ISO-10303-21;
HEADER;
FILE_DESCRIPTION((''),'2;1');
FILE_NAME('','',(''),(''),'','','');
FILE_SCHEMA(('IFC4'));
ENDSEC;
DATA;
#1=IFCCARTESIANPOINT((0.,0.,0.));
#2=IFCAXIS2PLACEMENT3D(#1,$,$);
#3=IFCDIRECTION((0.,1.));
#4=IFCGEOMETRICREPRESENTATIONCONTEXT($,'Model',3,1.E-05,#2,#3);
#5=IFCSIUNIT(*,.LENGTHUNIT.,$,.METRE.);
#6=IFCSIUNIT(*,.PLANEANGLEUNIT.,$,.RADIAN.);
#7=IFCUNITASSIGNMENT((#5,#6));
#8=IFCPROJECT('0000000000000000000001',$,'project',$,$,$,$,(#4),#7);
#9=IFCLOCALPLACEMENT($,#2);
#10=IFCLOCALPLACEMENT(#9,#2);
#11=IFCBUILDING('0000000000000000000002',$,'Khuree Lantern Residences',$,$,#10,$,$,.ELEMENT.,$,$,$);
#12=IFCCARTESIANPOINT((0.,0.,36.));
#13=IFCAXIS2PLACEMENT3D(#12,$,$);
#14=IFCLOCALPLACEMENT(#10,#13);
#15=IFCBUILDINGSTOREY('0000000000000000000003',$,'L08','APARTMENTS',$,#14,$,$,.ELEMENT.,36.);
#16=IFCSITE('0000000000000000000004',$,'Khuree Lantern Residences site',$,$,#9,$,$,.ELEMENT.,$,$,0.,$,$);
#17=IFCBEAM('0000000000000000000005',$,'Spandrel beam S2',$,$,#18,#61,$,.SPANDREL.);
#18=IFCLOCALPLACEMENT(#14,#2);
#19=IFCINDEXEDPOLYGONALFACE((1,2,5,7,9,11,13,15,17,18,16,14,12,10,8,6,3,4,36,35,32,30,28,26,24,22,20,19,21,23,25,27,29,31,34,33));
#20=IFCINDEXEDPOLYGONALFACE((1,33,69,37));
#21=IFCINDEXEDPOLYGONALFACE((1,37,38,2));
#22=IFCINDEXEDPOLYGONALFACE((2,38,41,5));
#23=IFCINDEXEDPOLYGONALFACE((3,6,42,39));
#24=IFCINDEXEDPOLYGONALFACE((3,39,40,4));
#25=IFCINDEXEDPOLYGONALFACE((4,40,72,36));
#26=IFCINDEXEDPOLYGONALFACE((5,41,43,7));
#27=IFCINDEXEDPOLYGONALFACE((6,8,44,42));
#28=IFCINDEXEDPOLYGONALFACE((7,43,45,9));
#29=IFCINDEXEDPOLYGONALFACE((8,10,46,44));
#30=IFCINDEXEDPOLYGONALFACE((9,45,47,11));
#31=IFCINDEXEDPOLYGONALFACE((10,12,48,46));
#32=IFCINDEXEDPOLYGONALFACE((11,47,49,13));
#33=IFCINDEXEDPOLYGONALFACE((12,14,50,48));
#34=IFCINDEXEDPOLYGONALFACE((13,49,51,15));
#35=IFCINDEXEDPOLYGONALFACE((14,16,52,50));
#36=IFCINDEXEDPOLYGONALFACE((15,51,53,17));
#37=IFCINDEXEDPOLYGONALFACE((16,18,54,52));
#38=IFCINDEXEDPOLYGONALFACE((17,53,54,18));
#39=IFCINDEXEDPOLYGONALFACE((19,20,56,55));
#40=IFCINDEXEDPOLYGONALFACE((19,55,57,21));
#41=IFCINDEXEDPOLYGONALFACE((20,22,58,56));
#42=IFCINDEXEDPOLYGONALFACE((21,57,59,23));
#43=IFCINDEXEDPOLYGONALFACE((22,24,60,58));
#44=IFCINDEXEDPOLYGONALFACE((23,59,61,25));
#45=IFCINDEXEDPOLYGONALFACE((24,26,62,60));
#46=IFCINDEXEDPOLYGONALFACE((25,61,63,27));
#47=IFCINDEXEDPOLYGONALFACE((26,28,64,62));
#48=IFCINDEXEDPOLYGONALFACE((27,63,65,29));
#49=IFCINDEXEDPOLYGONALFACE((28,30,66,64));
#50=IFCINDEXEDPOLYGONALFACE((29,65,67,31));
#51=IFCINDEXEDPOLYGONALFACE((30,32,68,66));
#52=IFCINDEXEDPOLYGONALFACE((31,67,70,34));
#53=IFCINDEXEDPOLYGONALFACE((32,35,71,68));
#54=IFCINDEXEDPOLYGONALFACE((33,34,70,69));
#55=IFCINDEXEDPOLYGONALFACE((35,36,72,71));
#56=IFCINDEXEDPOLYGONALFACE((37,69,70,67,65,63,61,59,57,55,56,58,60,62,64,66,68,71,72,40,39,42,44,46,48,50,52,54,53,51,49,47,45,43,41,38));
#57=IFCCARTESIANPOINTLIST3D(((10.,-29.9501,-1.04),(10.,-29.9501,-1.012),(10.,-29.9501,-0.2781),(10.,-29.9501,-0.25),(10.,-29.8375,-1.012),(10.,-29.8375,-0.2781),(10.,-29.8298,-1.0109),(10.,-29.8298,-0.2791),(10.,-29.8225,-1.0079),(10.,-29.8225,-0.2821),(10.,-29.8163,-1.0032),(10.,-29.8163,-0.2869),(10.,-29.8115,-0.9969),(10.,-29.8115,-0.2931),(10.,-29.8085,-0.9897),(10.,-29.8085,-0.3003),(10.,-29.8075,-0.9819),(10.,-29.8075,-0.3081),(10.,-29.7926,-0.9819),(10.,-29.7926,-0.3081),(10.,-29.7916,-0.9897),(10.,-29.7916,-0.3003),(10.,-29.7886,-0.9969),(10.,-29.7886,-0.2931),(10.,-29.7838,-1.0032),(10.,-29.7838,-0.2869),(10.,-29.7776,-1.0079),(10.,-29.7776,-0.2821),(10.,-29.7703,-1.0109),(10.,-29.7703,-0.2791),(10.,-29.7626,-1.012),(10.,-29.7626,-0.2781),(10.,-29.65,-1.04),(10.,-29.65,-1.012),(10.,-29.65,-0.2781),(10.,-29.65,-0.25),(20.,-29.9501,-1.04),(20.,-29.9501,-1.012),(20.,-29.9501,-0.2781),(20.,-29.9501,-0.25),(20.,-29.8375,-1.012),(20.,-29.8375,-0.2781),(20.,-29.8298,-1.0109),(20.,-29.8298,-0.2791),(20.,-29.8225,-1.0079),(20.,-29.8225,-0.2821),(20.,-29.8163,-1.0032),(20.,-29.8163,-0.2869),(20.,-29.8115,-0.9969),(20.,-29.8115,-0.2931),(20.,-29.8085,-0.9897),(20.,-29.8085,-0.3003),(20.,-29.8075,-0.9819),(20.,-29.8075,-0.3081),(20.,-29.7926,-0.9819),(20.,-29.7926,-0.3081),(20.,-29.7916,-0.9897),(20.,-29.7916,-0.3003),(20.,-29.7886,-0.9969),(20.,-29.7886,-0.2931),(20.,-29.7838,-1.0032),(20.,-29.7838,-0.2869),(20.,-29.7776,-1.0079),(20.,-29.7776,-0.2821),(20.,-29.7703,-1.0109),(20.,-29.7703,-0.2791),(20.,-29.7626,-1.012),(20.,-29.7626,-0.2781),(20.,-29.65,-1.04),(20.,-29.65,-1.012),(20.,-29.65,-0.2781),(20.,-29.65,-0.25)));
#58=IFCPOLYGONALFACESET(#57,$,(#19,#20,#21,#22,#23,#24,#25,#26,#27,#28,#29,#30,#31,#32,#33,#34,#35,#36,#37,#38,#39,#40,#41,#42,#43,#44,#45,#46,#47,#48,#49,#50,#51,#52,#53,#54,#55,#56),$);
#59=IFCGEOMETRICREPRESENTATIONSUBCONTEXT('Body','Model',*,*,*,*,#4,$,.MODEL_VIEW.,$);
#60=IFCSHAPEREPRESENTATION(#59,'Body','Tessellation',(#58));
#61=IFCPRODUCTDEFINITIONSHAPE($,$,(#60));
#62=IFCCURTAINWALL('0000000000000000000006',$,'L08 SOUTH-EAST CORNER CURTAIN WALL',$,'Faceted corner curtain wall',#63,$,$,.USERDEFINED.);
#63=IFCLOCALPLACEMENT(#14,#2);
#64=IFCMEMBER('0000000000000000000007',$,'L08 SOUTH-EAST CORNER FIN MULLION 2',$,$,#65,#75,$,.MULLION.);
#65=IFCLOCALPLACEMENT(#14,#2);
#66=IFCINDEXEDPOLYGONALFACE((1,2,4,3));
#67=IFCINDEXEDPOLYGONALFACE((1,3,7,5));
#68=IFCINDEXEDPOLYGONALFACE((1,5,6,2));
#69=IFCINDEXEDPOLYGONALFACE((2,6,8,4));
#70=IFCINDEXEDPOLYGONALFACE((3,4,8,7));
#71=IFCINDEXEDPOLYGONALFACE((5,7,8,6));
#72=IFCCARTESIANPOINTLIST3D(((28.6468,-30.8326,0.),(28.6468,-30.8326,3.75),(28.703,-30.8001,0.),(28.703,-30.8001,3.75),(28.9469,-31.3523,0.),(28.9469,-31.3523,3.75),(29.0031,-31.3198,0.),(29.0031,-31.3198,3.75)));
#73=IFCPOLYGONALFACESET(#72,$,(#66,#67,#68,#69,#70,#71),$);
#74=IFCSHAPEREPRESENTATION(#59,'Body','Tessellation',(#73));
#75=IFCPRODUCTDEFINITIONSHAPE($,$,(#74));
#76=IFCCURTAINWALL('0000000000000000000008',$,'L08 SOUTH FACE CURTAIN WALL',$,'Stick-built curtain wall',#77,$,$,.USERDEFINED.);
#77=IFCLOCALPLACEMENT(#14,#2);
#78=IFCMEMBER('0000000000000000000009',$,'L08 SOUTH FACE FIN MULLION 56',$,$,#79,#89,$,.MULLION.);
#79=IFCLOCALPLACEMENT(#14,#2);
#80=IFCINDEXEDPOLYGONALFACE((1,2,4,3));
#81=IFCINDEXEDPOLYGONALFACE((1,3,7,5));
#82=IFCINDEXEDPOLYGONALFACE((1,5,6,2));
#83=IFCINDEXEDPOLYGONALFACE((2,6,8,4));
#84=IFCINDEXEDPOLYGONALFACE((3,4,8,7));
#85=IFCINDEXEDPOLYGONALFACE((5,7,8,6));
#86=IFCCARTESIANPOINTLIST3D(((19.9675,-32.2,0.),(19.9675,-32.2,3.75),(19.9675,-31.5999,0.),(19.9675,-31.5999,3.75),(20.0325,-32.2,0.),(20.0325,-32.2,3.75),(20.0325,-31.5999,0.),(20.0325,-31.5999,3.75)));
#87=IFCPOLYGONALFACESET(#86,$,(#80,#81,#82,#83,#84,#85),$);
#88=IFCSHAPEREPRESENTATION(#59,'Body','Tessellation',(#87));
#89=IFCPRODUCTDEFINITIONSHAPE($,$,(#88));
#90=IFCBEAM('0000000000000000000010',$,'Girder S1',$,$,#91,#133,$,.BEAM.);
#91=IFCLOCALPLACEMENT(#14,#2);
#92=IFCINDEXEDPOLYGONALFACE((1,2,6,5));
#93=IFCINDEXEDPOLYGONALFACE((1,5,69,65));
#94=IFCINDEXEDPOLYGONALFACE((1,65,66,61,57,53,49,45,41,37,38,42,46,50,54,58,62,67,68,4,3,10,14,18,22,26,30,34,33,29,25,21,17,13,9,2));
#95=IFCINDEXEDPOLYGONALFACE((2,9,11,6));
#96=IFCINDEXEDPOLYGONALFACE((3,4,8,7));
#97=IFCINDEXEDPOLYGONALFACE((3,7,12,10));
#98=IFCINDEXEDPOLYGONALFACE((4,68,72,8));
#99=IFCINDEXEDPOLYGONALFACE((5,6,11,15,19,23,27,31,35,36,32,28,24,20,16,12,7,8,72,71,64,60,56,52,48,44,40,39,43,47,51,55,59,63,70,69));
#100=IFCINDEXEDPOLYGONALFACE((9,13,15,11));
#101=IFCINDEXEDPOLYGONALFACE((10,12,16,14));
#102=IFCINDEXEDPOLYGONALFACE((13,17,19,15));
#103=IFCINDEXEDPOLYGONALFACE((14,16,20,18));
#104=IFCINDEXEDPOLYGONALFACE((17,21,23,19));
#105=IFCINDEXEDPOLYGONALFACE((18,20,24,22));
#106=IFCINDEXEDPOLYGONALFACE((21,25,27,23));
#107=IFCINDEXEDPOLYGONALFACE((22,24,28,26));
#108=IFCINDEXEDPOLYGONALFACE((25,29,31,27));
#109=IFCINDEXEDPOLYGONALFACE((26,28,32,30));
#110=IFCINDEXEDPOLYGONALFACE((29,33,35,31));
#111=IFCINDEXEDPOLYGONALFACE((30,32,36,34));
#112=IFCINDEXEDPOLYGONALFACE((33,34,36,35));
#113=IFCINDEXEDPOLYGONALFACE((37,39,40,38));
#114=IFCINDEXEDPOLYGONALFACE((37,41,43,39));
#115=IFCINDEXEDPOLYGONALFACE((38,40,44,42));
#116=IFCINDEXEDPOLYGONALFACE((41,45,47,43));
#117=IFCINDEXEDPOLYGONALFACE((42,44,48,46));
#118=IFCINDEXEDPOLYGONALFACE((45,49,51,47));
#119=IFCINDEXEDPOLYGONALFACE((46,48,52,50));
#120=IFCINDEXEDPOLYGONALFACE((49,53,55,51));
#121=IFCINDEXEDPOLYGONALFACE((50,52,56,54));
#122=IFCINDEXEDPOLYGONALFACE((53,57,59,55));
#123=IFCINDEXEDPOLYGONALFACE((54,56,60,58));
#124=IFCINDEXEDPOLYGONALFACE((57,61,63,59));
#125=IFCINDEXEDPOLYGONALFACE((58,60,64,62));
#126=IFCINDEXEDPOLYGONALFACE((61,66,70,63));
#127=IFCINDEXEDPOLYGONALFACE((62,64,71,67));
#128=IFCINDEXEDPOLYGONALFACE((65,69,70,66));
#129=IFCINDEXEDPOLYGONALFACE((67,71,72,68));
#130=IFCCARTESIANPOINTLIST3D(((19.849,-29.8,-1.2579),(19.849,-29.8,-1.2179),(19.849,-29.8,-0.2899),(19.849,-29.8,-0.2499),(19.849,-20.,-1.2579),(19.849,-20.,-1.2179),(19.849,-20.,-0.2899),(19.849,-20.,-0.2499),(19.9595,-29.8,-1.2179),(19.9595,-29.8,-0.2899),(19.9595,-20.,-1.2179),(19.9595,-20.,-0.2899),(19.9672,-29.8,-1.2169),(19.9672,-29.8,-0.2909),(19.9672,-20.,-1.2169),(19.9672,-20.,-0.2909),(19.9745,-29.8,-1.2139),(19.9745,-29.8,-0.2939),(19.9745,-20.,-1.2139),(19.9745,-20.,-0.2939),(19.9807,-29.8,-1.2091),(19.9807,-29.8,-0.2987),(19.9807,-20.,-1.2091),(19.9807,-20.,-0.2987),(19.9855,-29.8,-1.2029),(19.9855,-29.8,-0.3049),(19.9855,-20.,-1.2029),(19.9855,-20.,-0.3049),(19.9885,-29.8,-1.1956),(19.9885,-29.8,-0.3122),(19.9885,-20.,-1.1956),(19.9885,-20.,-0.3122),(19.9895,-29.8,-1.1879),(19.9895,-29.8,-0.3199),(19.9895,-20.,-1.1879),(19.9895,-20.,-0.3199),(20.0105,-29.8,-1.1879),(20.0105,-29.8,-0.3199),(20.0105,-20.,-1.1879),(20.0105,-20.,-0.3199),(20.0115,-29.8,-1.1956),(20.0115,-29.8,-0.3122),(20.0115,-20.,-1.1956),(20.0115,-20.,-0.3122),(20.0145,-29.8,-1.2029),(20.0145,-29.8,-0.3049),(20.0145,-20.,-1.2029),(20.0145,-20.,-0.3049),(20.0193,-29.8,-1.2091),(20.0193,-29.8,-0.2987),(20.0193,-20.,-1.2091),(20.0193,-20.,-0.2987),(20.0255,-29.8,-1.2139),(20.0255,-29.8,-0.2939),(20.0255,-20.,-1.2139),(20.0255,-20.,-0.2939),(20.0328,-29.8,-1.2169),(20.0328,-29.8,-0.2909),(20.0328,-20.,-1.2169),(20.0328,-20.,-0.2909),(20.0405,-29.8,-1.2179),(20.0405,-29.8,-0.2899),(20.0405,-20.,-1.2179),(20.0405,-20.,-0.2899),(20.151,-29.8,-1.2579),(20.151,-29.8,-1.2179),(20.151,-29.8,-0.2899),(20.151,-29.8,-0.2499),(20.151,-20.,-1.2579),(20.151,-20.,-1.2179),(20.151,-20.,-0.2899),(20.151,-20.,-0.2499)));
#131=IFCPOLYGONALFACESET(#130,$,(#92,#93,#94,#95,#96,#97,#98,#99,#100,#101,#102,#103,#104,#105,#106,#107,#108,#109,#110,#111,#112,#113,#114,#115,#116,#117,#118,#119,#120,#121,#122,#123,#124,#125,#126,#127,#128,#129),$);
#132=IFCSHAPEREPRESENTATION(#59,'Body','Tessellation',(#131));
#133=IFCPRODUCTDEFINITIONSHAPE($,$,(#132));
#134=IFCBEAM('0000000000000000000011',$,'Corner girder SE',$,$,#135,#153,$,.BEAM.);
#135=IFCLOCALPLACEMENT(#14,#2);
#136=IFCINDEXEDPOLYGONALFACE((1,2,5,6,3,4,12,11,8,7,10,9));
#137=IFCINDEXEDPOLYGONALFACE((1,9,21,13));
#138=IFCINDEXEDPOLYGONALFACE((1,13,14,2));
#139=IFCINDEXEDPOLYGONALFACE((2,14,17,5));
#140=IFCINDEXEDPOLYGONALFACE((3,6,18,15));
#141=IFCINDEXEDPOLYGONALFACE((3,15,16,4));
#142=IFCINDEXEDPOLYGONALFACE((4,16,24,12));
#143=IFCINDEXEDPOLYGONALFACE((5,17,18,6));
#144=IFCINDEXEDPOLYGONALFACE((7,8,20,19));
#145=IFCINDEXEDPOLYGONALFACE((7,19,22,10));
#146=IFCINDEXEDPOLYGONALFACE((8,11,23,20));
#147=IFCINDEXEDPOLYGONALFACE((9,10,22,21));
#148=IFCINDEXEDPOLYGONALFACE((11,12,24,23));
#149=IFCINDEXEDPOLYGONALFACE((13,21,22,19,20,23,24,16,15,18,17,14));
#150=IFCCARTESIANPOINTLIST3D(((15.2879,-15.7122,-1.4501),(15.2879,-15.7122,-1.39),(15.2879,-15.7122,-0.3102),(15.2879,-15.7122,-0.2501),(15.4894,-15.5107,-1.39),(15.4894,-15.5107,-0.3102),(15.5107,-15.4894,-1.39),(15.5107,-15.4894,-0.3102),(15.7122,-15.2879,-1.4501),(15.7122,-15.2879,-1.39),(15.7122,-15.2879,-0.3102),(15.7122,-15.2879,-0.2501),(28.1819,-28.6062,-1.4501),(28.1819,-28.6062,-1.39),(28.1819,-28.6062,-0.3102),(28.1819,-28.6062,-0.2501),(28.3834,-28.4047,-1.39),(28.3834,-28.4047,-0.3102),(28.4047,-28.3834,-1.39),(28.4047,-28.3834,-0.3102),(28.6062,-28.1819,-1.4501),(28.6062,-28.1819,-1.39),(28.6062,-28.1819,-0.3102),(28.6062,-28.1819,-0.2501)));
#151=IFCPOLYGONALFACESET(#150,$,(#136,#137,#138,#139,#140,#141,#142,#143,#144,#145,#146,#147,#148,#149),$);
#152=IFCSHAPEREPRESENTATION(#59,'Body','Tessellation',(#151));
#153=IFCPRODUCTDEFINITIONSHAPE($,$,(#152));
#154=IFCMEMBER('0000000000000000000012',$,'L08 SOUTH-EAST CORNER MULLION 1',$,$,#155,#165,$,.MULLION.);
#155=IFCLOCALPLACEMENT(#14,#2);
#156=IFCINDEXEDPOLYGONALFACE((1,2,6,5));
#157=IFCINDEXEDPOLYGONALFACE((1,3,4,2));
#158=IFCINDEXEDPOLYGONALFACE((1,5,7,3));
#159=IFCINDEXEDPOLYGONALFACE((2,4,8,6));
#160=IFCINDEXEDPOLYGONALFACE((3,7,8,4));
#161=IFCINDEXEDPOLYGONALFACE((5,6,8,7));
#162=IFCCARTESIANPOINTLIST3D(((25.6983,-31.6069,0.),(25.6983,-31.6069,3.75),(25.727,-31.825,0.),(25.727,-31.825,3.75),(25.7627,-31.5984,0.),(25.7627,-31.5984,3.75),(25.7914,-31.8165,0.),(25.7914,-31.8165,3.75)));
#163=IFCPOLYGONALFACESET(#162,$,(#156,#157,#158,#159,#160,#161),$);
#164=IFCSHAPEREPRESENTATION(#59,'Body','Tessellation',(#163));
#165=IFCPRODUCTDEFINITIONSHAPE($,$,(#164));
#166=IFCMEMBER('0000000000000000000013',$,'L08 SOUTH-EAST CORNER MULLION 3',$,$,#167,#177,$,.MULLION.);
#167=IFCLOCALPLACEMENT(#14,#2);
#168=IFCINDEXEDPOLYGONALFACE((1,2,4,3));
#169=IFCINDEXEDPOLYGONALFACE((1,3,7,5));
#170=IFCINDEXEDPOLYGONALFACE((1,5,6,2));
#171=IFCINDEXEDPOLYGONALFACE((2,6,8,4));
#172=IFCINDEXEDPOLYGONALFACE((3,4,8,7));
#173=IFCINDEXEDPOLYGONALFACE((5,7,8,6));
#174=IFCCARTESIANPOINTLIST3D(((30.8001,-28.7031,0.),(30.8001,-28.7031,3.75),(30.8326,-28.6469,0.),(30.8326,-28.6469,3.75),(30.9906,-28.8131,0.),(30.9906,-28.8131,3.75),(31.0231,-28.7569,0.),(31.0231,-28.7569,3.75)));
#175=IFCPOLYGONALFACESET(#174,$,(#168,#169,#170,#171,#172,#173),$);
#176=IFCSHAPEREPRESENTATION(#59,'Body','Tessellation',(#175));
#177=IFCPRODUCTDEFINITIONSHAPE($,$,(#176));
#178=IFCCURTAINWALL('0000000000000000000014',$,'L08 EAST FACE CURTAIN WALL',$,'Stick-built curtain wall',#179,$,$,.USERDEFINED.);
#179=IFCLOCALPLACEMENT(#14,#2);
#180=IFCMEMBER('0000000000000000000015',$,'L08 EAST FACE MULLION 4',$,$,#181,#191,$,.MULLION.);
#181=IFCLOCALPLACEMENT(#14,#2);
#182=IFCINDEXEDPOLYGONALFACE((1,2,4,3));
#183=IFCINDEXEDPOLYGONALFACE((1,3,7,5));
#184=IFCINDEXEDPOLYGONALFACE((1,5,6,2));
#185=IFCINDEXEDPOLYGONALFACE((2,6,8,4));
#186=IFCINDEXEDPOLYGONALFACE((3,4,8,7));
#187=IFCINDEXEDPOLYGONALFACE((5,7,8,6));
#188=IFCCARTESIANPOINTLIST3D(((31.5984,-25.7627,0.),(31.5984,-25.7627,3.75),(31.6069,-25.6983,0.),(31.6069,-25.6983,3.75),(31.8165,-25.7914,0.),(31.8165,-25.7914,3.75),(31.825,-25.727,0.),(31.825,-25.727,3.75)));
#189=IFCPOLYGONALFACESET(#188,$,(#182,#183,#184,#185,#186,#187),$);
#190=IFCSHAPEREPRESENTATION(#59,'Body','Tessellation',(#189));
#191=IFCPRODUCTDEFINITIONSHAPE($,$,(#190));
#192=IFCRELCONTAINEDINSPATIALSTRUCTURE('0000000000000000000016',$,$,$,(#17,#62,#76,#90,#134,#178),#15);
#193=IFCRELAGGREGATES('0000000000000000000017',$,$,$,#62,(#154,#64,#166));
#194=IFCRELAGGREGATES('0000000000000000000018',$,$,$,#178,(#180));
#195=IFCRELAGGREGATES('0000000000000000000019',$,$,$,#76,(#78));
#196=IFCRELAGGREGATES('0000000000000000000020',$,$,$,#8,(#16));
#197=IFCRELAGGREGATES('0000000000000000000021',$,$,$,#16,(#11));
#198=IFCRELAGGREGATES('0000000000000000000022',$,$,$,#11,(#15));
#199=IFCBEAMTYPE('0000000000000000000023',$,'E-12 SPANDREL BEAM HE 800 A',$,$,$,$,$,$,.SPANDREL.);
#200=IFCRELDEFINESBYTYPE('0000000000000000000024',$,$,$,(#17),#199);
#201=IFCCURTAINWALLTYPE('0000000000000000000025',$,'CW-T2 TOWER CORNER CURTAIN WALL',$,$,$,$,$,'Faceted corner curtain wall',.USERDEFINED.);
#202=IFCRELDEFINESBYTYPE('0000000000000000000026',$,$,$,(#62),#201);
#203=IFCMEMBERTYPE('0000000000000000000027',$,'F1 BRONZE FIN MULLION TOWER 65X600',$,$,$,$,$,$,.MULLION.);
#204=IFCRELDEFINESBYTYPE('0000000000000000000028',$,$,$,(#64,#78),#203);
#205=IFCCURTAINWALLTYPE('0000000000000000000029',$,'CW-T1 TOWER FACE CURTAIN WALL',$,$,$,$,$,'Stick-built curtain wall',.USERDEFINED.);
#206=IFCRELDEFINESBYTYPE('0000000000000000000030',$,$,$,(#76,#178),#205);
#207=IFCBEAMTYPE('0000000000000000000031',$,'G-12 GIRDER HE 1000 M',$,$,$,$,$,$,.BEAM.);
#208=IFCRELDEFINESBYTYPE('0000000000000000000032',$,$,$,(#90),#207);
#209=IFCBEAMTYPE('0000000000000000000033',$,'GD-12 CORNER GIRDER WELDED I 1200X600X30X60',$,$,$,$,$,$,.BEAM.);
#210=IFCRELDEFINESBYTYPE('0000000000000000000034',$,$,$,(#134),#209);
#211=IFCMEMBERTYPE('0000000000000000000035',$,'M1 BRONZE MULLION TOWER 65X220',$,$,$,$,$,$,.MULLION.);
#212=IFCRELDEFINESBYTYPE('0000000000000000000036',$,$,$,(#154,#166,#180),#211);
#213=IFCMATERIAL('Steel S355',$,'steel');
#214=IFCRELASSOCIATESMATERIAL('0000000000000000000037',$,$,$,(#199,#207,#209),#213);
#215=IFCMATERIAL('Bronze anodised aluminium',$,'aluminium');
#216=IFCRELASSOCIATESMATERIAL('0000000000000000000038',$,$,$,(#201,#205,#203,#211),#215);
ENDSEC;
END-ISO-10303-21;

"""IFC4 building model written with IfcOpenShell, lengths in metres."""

from ifc_helpers import new_model, si_unit, direction, frame, origin, origin_2d, place, context, subcontext, project, spatial, rectangle, i_section, extrude, material, material_profile, profile_set, type_object, element, aggregate, save


model = new_model("IFC4")

# Units and contexts
model_context = context("Model", 3, precision=1e-05, world=origin(), true_north=direction((0.0, 1.0)))
body_context = subcontext(model_context, "Body", "Model", "MODEL_VIEW")
ifc_project = project(units=[si_unit("LENGTHUNIT", "METRE"), si_unit("PLANEANGLEUNIT", "RADIAN")], contexts=[model_context])

# Site, building, storey
site_placement = place(None, origin())
site = spatial("IfcSite", under=ifc_project, at=site_placement, Name="Khuree Lantern Residences site", CompositionType="ELEMENT", RefElevation=0.0)
building_placement = place(site_placement, origin())
building = spatial("IfcBuilding", under=site, at=building_placement, Name="Khuree Lantern Residences", CompositionType="ELEMENT")
storey_placement = place(building_placement, frame((0.0, 0.0, 36.0)))
storey = spatial("IfcBuildingStorey", under=building, at=storey_placement, Name="L08", Description="APARTMENTS", CompositionType="ELEMENT", Elevation=36.0)

# Beam
ifc_material_1 = material(Name="Steel S355", Category="steel")
ifc_material_profile_1 = material_profile(ifc_material_1, i_section(OverallWidth=0.3, OverallDepth=0.79, WebThickness=0.0149, FlangeThickness=0.0281, FilletRadius=0.03, at=origin_2d()), Name="HE 800 A")
ifc_profile_set_1 = profile_set([ifc_material_profile_1], Name="Steel S355")
beam_type_1 = type_object("IfcBeamType", Name="E-12 SPANDREL BEAM HE 800 A", PredefinedType="SPANDREL", material=ifc_profile_set_1)
beam_1_placement = place(storey_placement, frame((20.0, -29.8, -0.645), z_axis=(-1.0, 0.0, 0.0), x_axis=(0.0, -1.0, 0.0)))
element("IfcBeam", 1, at=beam_1_placement, inside=storey, type_object=beam_type_1, Name="Spandrel beam S2", PredefinedType="SPANDREL", context=body_context, shape_type="SweptSolid", body=[
    extrude(i_section(OverallWidth=0.3, OverallDepth=0.79, WebThickness=0.0149, FlangeThickness=0.0281, FilletRadius=0.03, at=origin_2d()), origin(), (0.0, 0.0, 1.0), 10.0),
])

# Curtain walls, members
ifc_material_2 = material(Name="Bronze anodised aluminium", Category="aluminium")
curtain_wall_type_1 = type_object("IfcCurtainWallType", Name="CW-T2 TOWER CORNER CURTAIN WALL", ElementType="Faceted corner curtain wall", PredefinedType="USERDEFINED", material=ifc_material_2)
curtain_wall_1_placement = place(storey_placement, origin())
curtain_wall_1 = element("IfcCurtainWall", 2, at=curtain_wall_1_placement, inside=storey, type_object=curtain_wall_type_1, Name="L08 SOUTH-EAST CORNER CURTAIN WALL", ObjectType="Faceted corner curtain wall", PredefinedType="USERDEFINED")
ifc_material_profile_2 = material_profile(ifc_material_2, rectangle(XDim=0.0649, YDim=0.6001, at=origin_2d()), Name="F1 65X600")
ifc_profile_set_2 = profile_set([ifc_material_profile_2], Name="Bronze anodised aluminium")
member_type_1 = type_object("IfcMemberType", Name="F1 BRONZE FIN MULLION TOWER 65X600", PredefinedType="MULLION", material=ifc_profile_set_2)
member_1_placement = place(storey_placement, frame((28.825, -31.0762, 0.0), z_axis=(0.0, 0.0, 1.0), x_axis=(0.866025, 0.5, 0.0)))
member_1 = element("IfcMember", 3, at=member_1_placement, type_object=member_type_1, Name="L08 SOUTH-EAST CORNER FIN MULLION 2", PredefinedType="MULLION", context=body_context, shape_type="SweptSolid", body=[
    extrude(rectangle(XDim=0.0649, YDim=0.6001, at=origin_2d()), origin(), (0.0, 0.0, 1.0), 3.75),
])
curtain_wall_type_2 = type_object("IfcCurtainWallType", Name="CW-T1 TOWER FACE CURTAIN WALL", ElementType="Stick-built curtain wall", PredefinedType="USERDEFINED", material=ifc_material_2)
curtain_wall_2_placement = place(storey_placement, origin())
curtain_wall_2 = element("IfcCurtainWall", 4, at=curtain_wall_2_placement, inside=storey, type_object=curtain_wall_type_2, Name="L08 SOUTH FACE CURTAIN WALL", ObjectType="Stick-built curtain wall", PredefinedType="USERDEFINED")
member_2_placement = place(storey_placement, frame((20.0, -31.8999, 0.0), z_axis=(0.0, 0.0, 1.0), x_axis=(1.0, 0.0, 0.0)))
member_2 = element("IfcMember", 5, at=member_2_placement, type_object=member_type_1, Name="L08 SOUTH FACE FIN MULLION 56", PredefinedType="MULLION", context=body_context, shape_type="SweptSolid", body=[
    extrude(rectangle(XDim=0.0649, YDim=0.6001, at=origin_2d()), origin(), (0.0, 0.0, 1.0), 3.75),
])

# Beams
ifc_material_profile_3 = material_profile(ifc_material_1, i_section(OverallWidth=0.302, OverallDepth=1.0081, WebThickness=0.021, FlangeThickness=0.04, FilletRadius=0.03, at=origin_2d()), Name="HE 1000 M")
ifc_profile_set_3 = profile_set([ifc_material_profile_3], Name="Steel S355")
beam_type_2 = type_object("IfcBeamType", Name="G-12 GIRDER HE 1000 M", PredefinedType="BEAM", material=ifc_profile_set_3)
beam_2_placement = place(storey_placement, frame((20.0, -29.8, -0.7539), z_axis=(0.0, 1.0, 0.0), x_axis=(-1.0, 0.0, 0.0)))
element("IfcBeam", 6, at=beam_2_placement, inside=storey, type_object=beam_type_2, Name="Girder S1", PredefinedType="BEAM", context=body_context, shape_type="SweptSolid", body=[
    extrude(i_section(OverallWidth=0.302, OverallDepth=1.0081, WebThickness=0.021, FlangeThickness=0.04, FilletRadius=0.03, at=origin_2d()), origin(), (0.0, 0.0, 1.0), 9.8),
])
ifc_material_profile_4 = material_profile(ifc_material_1, i_section(OverallWidth=0.6001, OverallDepth=1.2, WebThickness=0.03, FlangeThickness=0.0601, at=origin_2d()), Name="WELDED I 1200X600X30X60")
ifc_profile_set_4 = profile_set([ifc_material_profile_4], Name="Steel S355")
beam_type_3 = type_object("IfcBeamType", Name="GD-12 CORNER GIRDER WELDED I 1200X600X30X60", PredefinedType="BEAM", material=ifc_profile_set_4)
beam_3_placement = place(storey_placement, frame((28.394, -28.394, -0.8501), z_axis=(-0.707107, 0.707107, 0.0), x_axis=(-0.707107, -0.707107, 0.0)))
element("IfcBeam", 7, at=beam_3_placement, inside=storey, type_object=beam_type_3, Name="Corner girder SE", PredefinedType="BEAM", context=body_context, shape_type="SweptSolid", body=[
    extrude(i_section(OverallWidth=0.6001, OverallDepth=1.2, WebThickness=0.03, FlangeThickness=0.0601, at=origin_2d()), origin(), (0.0, 0.0, 1.0), 18.2349),
])

# Members
ifc_material_profile_5 = material_profile(ifc_material_2, rectangle(XDim=0.0649, YDim=0.22, at=origin_2d()), Name="M1 65X220")
ifc_profile_set_5 = profile_set([ifc_material_profile_5], Name="Bronze anodised aluminium")
member_type_2 = type_object("IfcMemberType", Name="M1 BRONZE MULLION TOWER 65X220", PredefinedType="MULLION", material=ifc_profile_set_5)
member_3_placement = place(storey_placement, frame((25.7449, -31.7117, 0.0), z_axis=(0.0, 0.0, 1.0), x_axis=(0.991445, 0.130526, 0.0)))
member_3 = element("IfcMember", 8, at=member_3_placement, type_object=member_type_2, Name="L08 SOUTH-EAST CORNER MULLION 1", PredefinedType="MULLION", context=body_context, shape_type="SweptSolid", body=[
    extrude(rectangle(XDim=0.0649, YDim=0.22, at=origin_2d()), origin(), (0.0, 0.0, 1.0), 3.75),
])
member_4_placement = place(storey_placement, frame((30.9116, -28.73, 0.0), z_axis=(0.0, 0.0, 1.0), x_axis=(0.5, 0.866025, 0.0)))
member_4 = element("IfcMember", 9, at=member_4_placement, type_object=member_type_2, Name="L08 SOUTH-EAST CORNER MULLION 3", PredefinedType="MULLION", context=body_context, shape_type="SweptSolid", body=[
    extrude(rectangle(XDim=0.0649, YDim=0.22, at=origin_2d()), origin(), (0.0, 0.0, 1.0), 3.75),
])

# Curtain wall, member
curtain_wall_3_placement = place(storey_placement, origin())
curtain_wall_3 = element("IfcCurtainWall", 10, at=curtain_wall_3_placement, inside=storey, type_object=curtain_wall_type_2, Name="L08 EAST FACE CURTAIN WALL", ObjectType="Stick-built curtain wall", PredefinedType="USERDEFINED")
member_5_placement = place(storey_placement, frame((31.7117, -25.7449, 0.0), z_axis=(0.0, 0.0, 1.0), x_axis=(0.130526, 0.991445, 0.0)))
member_5 = element("IfcMember", 11, at=member_5_placement, type_object=member_type_2, Name="L08 EAST FACE MULLION 4", PredefinedType="MULLION", context=body_context, shape_type="SweptSolid", body=[
    extrude(rectangle(XDim=0.0649, YDim=0.22, at=origin_2d()), origin(), (0.0, 0.0, 1.0), 3.75),
])

aggregate(curtain_wall_1, [member_3, member_1, member_4])
aggregate(curtain_wall_3, [member_5])
aggregate(curtain_wall_2, [member_2])

save(model, "model.ifc")
